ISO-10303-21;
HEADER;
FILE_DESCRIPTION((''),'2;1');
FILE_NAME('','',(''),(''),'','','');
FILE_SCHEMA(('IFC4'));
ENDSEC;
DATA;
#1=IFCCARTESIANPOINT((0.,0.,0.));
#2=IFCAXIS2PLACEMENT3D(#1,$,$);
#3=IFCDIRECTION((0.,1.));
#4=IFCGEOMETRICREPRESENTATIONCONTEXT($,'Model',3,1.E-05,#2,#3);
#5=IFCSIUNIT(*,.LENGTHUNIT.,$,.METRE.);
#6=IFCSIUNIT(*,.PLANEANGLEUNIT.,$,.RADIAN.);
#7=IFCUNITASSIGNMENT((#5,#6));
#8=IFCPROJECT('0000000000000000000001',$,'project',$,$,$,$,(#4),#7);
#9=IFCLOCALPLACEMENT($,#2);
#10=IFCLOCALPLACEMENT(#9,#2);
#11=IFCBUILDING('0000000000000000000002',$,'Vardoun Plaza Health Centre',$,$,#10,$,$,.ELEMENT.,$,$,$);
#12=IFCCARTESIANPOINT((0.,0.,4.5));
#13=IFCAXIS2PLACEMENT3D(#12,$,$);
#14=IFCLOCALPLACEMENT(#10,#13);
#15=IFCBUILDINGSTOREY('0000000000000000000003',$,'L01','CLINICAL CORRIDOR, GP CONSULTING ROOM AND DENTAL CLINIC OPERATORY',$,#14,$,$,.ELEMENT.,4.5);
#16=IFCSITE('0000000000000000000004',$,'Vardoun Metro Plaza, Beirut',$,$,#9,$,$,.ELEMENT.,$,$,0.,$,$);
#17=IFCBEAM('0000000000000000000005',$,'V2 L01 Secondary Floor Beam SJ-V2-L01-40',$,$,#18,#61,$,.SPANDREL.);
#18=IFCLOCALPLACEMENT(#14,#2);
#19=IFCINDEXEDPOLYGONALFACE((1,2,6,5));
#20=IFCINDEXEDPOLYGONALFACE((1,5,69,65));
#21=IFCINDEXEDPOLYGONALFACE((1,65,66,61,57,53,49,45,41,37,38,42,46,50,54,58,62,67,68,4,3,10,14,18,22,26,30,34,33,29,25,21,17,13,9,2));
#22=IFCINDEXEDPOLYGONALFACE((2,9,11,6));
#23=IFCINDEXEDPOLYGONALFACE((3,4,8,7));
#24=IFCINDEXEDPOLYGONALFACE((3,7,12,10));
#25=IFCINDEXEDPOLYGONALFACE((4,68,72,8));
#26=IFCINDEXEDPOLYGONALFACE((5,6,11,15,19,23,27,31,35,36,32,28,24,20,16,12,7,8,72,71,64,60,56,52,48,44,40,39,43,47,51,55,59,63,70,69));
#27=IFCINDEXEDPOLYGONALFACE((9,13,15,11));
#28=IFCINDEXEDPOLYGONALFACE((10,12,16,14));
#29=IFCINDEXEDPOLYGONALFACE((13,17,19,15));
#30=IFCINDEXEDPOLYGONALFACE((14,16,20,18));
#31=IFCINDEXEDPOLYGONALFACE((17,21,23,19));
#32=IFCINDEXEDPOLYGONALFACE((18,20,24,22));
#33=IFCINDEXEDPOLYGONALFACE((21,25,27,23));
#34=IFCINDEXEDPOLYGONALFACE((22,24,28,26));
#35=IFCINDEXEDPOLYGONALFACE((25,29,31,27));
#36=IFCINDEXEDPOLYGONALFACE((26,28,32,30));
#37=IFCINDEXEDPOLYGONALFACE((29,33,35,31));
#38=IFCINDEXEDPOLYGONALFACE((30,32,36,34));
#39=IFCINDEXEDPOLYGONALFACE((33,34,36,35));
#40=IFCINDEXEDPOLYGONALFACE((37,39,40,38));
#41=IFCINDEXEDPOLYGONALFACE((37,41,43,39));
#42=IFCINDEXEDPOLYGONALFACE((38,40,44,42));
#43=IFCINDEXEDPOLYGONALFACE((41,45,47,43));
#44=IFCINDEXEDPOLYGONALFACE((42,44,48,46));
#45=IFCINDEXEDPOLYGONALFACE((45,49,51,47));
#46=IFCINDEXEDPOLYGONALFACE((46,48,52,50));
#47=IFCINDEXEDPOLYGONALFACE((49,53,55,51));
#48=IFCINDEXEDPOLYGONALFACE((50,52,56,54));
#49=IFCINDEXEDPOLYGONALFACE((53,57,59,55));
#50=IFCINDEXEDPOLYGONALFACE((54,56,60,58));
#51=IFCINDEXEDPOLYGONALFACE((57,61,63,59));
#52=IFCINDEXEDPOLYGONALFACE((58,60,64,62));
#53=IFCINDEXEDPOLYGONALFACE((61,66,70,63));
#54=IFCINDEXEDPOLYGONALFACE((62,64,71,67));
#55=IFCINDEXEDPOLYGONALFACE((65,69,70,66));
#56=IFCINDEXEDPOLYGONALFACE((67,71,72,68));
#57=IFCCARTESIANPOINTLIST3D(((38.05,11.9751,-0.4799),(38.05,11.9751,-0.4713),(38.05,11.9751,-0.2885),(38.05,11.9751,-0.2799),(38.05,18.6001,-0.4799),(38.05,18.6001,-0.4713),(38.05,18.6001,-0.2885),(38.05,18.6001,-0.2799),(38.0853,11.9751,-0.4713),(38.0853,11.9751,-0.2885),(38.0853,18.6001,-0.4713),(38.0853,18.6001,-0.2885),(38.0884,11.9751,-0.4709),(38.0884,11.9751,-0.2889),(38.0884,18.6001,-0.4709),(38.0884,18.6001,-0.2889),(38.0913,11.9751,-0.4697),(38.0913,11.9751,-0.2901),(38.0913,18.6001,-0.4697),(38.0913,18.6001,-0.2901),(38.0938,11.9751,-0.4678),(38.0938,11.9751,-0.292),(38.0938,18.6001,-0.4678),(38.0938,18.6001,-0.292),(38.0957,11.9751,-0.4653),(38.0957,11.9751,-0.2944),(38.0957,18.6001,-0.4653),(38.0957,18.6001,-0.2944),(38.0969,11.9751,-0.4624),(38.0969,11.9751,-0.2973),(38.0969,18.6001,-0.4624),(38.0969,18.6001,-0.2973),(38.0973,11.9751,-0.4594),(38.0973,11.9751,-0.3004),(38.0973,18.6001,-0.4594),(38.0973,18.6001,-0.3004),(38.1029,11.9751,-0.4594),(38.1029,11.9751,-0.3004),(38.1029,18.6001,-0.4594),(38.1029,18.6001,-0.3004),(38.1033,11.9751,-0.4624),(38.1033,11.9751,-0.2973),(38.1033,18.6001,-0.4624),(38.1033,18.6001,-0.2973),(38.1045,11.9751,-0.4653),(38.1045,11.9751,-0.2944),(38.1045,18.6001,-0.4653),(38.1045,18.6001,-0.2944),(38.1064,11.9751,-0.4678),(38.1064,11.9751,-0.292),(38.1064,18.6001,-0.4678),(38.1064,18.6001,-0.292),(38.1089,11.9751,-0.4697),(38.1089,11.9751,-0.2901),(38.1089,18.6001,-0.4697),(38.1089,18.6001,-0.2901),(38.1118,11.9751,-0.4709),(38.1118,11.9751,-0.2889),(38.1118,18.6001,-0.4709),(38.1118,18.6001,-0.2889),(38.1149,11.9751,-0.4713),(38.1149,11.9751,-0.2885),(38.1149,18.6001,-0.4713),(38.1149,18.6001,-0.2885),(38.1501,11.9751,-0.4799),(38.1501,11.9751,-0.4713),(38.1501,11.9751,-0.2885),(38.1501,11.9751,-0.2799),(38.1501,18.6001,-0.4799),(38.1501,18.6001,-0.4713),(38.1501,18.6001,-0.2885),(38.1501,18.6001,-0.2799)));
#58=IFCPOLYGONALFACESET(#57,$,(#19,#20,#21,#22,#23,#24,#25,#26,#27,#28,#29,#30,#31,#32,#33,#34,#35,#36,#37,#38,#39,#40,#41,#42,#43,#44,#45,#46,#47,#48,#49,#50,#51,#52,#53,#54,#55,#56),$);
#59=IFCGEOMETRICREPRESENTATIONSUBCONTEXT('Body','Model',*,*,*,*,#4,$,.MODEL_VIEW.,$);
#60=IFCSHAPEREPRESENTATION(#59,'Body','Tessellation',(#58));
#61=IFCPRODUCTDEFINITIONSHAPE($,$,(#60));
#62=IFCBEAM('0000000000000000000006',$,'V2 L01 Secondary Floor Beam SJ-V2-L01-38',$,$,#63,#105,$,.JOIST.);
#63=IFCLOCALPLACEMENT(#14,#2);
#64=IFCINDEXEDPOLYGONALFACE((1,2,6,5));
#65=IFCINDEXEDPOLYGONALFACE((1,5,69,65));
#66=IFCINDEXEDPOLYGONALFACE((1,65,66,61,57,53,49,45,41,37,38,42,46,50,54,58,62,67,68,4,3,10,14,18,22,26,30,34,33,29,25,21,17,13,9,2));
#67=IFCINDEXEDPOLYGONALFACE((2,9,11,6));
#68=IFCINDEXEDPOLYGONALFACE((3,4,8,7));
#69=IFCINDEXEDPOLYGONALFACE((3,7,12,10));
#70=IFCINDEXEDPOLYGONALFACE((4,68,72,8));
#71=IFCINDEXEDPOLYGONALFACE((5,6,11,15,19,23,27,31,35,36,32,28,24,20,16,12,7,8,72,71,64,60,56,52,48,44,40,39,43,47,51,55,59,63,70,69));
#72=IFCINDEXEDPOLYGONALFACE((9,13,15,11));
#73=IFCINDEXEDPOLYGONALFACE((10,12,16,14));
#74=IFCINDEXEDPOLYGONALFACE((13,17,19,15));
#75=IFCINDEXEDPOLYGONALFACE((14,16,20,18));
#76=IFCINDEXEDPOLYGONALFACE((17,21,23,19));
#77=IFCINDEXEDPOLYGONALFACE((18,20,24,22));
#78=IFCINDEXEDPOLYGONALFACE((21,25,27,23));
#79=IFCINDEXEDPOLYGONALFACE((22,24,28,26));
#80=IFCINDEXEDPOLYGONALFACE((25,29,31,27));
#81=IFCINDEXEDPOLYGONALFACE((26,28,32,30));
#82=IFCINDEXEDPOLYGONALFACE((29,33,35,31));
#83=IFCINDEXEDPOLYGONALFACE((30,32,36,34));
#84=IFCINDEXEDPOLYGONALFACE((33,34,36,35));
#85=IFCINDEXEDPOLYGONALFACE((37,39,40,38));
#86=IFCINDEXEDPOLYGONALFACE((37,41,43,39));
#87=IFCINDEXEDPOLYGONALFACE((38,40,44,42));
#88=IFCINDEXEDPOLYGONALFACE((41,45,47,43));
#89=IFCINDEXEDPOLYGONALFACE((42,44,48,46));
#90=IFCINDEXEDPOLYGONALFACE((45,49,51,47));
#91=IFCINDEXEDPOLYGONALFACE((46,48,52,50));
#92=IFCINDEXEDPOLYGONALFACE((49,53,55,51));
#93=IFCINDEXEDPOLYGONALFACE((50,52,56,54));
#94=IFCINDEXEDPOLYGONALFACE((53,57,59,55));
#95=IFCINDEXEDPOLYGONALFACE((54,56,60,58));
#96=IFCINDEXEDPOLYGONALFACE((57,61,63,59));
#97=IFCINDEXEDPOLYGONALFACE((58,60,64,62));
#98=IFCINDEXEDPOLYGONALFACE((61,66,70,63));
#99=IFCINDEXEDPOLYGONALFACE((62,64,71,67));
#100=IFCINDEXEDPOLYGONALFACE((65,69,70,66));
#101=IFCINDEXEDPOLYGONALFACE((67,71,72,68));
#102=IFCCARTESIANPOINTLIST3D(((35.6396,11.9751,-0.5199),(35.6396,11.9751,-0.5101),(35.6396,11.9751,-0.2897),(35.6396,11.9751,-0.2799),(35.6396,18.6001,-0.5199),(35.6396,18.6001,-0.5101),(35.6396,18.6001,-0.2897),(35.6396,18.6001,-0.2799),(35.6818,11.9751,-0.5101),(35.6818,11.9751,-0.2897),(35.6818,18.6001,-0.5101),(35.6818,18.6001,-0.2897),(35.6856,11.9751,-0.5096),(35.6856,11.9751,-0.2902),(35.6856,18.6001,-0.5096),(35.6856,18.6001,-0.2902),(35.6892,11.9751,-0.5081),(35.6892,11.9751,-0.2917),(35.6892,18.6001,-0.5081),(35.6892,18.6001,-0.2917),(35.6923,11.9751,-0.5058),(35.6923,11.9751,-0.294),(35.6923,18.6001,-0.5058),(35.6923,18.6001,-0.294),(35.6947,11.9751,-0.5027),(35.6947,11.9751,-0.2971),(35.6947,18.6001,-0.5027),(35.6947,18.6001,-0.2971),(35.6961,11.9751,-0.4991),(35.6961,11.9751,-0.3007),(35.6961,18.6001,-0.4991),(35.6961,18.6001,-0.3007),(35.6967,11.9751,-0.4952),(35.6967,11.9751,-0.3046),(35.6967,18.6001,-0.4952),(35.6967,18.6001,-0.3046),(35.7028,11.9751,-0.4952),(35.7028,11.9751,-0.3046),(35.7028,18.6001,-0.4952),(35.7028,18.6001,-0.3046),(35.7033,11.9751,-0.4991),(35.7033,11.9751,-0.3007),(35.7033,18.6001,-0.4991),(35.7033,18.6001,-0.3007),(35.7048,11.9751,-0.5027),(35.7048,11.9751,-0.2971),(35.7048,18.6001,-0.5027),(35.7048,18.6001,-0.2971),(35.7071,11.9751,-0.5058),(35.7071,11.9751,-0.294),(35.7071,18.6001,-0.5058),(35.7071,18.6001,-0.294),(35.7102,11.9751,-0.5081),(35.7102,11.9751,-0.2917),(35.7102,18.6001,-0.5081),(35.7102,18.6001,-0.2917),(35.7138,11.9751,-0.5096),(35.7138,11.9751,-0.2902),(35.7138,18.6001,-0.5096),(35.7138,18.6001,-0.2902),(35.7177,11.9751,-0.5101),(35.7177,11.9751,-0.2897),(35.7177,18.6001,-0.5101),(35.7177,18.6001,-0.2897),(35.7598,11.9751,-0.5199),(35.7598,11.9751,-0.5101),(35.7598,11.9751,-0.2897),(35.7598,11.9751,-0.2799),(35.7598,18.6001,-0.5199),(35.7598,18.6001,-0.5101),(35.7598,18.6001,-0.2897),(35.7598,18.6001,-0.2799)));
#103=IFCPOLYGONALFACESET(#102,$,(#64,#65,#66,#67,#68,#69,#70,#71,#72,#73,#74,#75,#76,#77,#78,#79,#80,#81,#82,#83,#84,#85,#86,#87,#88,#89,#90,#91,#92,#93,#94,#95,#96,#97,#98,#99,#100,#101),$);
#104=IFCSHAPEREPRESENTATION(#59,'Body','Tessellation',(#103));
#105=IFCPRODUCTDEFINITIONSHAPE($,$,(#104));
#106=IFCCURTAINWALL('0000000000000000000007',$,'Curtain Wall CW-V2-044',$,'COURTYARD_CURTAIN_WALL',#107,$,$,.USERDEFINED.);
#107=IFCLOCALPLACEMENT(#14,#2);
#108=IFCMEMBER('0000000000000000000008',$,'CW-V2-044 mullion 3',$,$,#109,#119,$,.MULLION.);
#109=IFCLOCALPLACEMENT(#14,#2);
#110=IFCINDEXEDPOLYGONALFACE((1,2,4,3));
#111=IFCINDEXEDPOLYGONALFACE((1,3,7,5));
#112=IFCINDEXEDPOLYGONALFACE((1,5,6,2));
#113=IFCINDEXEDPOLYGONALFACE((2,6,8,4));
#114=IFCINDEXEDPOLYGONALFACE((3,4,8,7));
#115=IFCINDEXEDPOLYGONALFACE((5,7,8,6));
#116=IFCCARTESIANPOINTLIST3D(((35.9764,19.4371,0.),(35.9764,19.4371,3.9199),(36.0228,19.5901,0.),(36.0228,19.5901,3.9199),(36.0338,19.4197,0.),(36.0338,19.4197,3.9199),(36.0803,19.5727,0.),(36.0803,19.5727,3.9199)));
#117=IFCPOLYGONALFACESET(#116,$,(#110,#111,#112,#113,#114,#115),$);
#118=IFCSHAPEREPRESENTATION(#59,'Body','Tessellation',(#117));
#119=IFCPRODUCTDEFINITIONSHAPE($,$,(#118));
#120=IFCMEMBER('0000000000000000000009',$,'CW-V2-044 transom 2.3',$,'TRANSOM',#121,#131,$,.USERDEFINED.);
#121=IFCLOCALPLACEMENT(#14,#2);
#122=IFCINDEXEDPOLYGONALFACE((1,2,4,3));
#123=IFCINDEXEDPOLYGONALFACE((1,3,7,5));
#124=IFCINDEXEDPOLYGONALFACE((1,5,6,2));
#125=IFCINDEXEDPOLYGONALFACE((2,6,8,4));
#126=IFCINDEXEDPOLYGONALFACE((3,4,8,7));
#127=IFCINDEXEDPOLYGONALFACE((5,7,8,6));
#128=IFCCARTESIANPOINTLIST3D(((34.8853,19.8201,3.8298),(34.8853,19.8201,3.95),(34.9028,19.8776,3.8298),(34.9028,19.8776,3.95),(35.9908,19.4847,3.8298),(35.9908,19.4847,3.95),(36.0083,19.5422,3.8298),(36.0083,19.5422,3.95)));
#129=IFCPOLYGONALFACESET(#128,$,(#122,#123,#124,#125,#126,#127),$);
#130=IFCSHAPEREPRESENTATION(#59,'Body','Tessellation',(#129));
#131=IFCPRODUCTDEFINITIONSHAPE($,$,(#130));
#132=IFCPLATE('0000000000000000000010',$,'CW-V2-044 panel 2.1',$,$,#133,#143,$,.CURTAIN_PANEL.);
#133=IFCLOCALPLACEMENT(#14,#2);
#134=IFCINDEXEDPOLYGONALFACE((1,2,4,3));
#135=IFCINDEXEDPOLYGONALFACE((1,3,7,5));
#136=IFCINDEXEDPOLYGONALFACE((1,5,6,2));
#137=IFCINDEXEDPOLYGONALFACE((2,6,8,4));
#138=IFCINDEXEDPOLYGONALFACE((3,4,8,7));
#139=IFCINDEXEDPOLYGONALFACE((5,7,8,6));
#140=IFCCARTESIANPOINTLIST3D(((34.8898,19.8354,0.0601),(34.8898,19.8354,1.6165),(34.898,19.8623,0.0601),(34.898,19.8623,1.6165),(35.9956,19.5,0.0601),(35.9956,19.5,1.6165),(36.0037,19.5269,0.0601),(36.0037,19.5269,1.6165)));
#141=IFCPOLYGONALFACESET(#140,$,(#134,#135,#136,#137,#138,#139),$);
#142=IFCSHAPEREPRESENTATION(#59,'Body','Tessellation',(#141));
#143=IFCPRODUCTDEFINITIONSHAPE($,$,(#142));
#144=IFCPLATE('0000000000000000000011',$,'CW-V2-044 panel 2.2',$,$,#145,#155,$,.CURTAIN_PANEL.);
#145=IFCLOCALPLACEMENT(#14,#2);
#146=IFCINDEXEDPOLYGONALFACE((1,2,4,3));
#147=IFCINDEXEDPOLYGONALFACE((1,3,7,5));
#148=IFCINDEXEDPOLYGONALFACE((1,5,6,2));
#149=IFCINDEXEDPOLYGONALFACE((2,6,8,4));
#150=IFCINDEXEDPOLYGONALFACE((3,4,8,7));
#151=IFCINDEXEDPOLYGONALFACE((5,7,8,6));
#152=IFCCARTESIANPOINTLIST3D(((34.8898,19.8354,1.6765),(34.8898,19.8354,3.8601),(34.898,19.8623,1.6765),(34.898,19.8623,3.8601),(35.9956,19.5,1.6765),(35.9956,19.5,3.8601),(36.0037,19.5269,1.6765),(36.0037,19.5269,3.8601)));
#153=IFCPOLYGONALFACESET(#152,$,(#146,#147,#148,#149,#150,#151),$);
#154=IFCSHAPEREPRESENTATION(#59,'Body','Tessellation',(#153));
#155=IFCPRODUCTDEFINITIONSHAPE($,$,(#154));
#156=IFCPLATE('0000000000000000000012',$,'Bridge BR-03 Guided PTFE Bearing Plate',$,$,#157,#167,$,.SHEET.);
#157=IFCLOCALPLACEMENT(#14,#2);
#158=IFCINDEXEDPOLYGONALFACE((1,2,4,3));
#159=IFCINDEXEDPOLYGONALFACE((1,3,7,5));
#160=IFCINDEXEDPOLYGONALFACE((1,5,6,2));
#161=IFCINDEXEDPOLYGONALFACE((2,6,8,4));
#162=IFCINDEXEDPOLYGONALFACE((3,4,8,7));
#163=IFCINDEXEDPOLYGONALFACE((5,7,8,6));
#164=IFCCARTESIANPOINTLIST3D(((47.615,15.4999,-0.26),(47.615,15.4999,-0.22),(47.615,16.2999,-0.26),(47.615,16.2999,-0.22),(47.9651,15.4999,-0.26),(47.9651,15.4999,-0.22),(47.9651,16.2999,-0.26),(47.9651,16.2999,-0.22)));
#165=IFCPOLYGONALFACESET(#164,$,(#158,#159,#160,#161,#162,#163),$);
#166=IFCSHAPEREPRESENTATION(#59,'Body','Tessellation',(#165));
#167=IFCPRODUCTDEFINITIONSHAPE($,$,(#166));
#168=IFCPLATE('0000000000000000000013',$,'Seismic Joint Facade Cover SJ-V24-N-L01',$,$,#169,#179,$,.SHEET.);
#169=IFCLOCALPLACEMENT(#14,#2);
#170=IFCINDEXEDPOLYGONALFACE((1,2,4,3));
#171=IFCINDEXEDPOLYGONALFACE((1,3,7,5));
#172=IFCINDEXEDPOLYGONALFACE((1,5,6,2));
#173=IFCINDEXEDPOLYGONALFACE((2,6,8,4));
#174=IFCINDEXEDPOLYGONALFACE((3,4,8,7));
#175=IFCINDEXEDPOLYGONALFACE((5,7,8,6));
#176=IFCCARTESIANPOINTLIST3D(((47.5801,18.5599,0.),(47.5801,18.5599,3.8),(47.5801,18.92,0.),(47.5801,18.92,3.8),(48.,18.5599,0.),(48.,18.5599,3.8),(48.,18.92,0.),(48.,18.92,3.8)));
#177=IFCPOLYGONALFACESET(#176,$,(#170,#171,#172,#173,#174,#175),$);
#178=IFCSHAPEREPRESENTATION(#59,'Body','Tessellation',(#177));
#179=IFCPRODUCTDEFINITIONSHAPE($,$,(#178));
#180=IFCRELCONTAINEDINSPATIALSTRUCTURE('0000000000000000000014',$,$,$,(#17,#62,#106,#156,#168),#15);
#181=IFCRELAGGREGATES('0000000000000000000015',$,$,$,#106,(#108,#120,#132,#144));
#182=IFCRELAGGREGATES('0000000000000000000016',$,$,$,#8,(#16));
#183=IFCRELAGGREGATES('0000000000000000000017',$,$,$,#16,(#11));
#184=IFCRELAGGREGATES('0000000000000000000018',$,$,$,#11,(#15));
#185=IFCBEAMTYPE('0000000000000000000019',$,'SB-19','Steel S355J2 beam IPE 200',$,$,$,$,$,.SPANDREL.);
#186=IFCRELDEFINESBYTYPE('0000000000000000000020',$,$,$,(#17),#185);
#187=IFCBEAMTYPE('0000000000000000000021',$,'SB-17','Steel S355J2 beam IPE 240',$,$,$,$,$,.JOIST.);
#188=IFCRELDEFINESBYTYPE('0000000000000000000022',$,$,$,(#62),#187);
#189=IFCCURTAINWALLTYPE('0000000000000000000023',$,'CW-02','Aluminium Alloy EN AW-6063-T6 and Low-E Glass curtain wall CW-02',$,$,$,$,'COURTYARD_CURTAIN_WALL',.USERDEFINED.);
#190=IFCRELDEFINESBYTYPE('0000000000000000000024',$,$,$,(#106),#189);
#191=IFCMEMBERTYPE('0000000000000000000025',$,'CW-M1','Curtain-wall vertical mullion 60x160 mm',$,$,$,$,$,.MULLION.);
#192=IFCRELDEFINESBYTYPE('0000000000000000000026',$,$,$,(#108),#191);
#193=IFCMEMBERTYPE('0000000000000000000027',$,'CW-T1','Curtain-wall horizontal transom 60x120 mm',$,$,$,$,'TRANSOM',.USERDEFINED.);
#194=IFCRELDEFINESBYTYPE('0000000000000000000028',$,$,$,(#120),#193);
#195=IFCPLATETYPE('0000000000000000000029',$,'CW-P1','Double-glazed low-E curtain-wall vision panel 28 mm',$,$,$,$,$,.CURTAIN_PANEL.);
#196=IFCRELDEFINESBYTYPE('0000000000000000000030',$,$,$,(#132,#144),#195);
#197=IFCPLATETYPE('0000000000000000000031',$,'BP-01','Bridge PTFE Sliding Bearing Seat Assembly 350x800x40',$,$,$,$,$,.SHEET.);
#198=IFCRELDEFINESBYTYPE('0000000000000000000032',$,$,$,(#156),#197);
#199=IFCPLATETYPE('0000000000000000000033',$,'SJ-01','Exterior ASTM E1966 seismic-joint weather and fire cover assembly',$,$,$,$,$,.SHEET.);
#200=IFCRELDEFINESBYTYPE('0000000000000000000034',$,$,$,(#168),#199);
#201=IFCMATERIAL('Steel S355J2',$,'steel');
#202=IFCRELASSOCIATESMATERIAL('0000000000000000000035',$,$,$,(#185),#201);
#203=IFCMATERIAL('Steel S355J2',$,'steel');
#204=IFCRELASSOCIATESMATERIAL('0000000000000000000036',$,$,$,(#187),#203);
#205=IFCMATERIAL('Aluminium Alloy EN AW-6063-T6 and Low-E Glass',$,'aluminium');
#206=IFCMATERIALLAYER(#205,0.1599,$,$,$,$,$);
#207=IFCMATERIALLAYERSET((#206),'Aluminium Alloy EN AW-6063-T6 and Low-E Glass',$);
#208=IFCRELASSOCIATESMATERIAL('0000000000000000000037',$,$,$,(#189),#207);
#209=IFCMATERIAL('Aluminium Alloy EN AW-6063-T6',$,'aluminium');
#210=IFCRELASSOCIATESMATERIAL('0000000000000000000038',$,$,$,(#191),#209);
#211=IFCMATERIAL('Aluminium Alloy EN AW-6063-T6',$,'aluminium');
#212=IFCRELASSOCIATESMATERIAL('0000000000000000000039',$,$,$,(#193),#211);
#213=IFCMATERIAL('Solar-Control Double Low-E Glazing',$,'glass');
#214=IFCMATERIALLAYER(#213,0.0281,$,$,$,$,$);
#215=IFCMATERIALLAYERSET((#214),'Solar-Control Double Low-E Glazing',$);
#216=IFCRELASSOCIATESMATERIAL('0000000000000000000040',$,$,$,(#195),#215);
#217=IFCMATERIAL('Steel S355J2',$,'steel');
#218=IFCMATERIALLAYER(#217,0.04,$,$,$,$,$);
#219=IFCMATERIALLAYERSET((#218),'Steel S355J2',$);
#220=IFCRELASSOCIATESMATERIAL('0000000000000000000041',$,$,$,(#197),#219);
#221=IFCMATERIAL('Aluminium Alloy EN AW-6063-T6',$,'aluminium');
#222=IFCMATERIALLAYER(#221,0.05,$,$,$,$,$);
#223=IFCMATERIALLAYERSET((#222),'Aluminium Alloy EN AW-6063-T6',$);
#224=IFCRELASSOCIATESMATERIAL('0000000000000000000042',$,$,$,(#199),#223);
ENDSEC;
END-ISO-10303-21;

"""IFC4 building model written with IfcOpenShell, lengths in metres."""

from ifc_helpers import new_model, si_unit, direction, frame, origin, origin_2d, place, context, subcontext, project, spatial, rectangle, i_section, extrude, material, layer, layer_set, material_profile, profile_set, type_object, element, aggregate, save


model = new_model("IFC4")

# Units and contexts
model_context = context("Model", 3, precision=1e-05, world=origin(), true_north=direction((0.0, 1.0)))
body_context = subcontext(model_context, "Body", "Model", "MODEL_VIEW")
ifc_project = project(units=[si_unit("LENGTHUNIT", "METRE"), si_unit("PLANEANGLEUNIT", "RADIAN")], contexts=[model_context])

# Site, building, storey
site_placement = place(None, origin())
site = spatial("IfcSite", under=ifc_project, at=site_placement, Name="Vardoun Metro Plaza, Beirut", CompositionType="ELEMENT", RefElevation=0.0)
building_placement = place(site_placement, origin())
building = spatial("IfcBuilding", under=site, at=building_placement, Name="Vardoun Plaza Health Centre", CompositionType="ELEMENT")
storey_placement = place(building_placement, frame((0.0, 0.0, 4.5)))
storey = spatial("IfcBuildingStorey", under=building, at=storey_placement, Name="L01", Description="CLINICAL CORRIDOR, GP CONSULTING ROOM AND DENTAL CLINIC OPERATORY", CompositionType="ELEMENT", Elevation=4.5)

# Beams
ifc_material_1 = material(Name="Steel S355J2", Category="steel")
ifc_material_profile_1 = material_profile(ifc_material_1, i_section(OverallWidth=0.1001, OverallDepth=0.2, WebThickness=0.0056, FlangeThickness=0.0085, FilletRadius=0.012, at=origin_2d()), Name="IPE 200")
ifc_profile_set_1 = profile_set([ifc_material_profile_1], Name="Steel S355J2")
beam_type_1 = type_object("IfcBeamType", Name="SB-19", Description="Steel S355J2 beam IPE 200", PredefinedType="SPANDREL", material=ifc_profile_set_1)
beam_1_placement = place(storey_placement, frame((38.1001, 11.9751, -0.3799), z_axis=(0.0, 1.0, 0.0), x_axis=(-1.0, 0.0, 0.0)))
element("IfcBeam", 1, at=beam_1_placement, inside=storey, type_object=beam_type_1, Name="V2 L01 Secondary Floor Beam SJ-V2-L01-40", PredefinedType="SPANDREL", context=body_context, shape_type="SweptSolid", body=[
    extrude(i_section(OverallWidth=0.1001, OverallDepth=0.2, WebThickness=0.0056, FlangeThickness=0.0085, FilletRadius=0.012, at=origin_2d()), origin(), (0.0, 0.0, 1.0), 6.625),
])
ifc_material_2 = material(Name="Steel S355J2", Category="steel")
ifc_material_profile_2 = material_profile(ifc_material_2, i_section(OverallWidth=0.1201, OverallDepth=0.24, WebThickness=0.0061, FlangeThickness=0.0098, FilletRadius=0.0149, at=origin_2d()), Name="IPE 240")
ifc_profile_set_2 = profile_set([ifc_material_profile_2], Name="Steel S355J2")
beam_type_2 = type_object("IfcBeamType", Name="SB-17", Description="Steel S355J2 beam IPE 240", PredefinedType="JOIST", material=ifc_profile_set_2)
beam_2_placement = place(storey_placement, frame((35.6997, 11.9751, -0.3999), z_axis=(0.0, 1.0, 0.0), x_axis=(-1.0, 0.0, 0.0)))
element("IfcBeam", 2, at=beam_2_placement, inside=storey, type_object=beam_type_2, Name="V2 L01 Secondary Floor Beam SJ-V2-L01-38", PredefinedType="JOIST", context=body_context, shape_type="SweptSolid", body=[
    extrude(i_section(OverallWidth=0.1201, OverallDepth=0.24, WebThickness=0.0061, FlangeThickness=0.0098, FilletRadius=0.0149, at=origin_2d()), origin(), (0.0, 0.0, 1.0), 6.625),
])

# Curtain wall, members, plates
ifc_material_3 = material(Name="Aluminium Alloy EN AW-6063-T6 and Low-E Glass", Category="aluminium")
ifc_layer_1 = layer(ifc_material_3, 0.1599)
ifc_layer_set_1 = layer_set([ifc_layer_1], Name="Aluminium Alloy EN AW-6063-T6 and Low-E Glass")
curtain_wall_type = type_object("IfcCurtainWallType", Name="CW-02", Description="Aluminium Alloy EN AW-6063-T6 and Low-E Glass curtain wall CW-02", ElementType="COURTYARD_CURTAIN_WALL", PredefinedType="USERDEFINED", material=ifc_layer_set_1)
curtain_wall_placement = place(storey_placement, origin())
curtain_wall = element("IfcCurtainWall", 3, at=curtain_wall_placement, inside=storey, type_object=curtain_wall_type, Name="Curtain Wall CW-V2-044", ObjectType="COURTYARD_CURTAIN_WALL", PredefinedType="USERDEFINED")
ifc_material_4 = material(Name="Aluminium Alloy EN AW-6063-T6", Category="aluminium")
ifc_material_profile_3 = material_profile(ifc_material_4, rectangle(XDim=0.1599, YDim=0.0601, at=origin_2d()), Name="CWM 60x160")
ifc_profile_set_3 = profile_set([ifc_material_profile_3], Name="Aluminium Alloy EN AW-6063-T6")
member_type_1 = type_object("IfcMemberType", Name="CW-M1", Description="Curtain-wall vertical mullion 60x160 mm", PredefinedType="MULLION", material=ifc_profile_set_3)
member_1_placement = place(storey_placement, frame((36.0283, 19.5049, 0.0), z_axis=(0.0, 0.0, 1.0), x_axis=(0.2903, 0.956936, 0.0)))
member_1 = element("IfcMember", 4, at=member_1_placement, type_object=member_type_1, Name="CW-V2-044 mullion 3", PredefinedType="MULLION", context=body_context, shape_type="SweptSolid", body=[
    extrude(rectangle(XDim=0.1599, YDim=0.0601, at=origin_2d()), origin(), (0.0, 0.0, 1.0), 3.9199),
])
ifc_material_5 = material(Name="Aluminium Alloy EN AW-6063-T6", Category="aluminium")
ifc_material_profile_4 = material_profile(ifc_material_5, rectangle(XDim=0.0601, YDim=0.1201, at=origin_2d()), Name="CWT 60x120")
ifc_profile_set_4 = profile_set([ifc_material_profile_4], Name="Aluminium Alloy EN AW-6063-T6")
member_type_2 = type_object("IfcMemberType", Name="CW-T1", Description="Curtain-wall horizontal transom 60x120 mm", ElementType="TRANSOM", PredefinedType="USERDEFINED", material=ifc_profile_set_4)
member_2_placement = place(storey_placement, frame((34.894, 19.8489, 3.8899), z_axis=(0.956914, -0.290371, 0.0), x_axis=(0.290371, 0.956914, 0.0)))
member_2 = element("IfcMember", 5, at=member_2_placement, type_object=member_type_2, Name="CW-V2-044 transom 2.3", ObjectType="TRANSOM", PredefinedType="USERDEFINED", context=body_context, shape_type="SweptSolid", body=[
    extrude(rectangle(XDim=0.0601, YDim=0.1201, at=origin_2d()), origin(), (0.0, 0.0, 1.0), 1.1553),
])
ifc_material_6 = material(Name="Solar-Control Double Low-E Glazing", Category="glass")
ifc_layer_2 = layer(ifc_material_6, 0.0281)
ifc_layer_set_2 = layer_set([ifc_layer_2], Name="Solar-Control Double Low-E Glazing")
plate_type_1 = type_object("IfcPlateType", Name="CW-P1", Description="Double-glazed low-E curtain-wall vision panel 28 mm", PredefinedType="CURTAIN_PANEL", material=ifc_layer_set_2)
plate_1_placement = place(storey_placement, frame((35.4468, 19.6812, 0.0601), z_axis=(0.0, 0.0, 1.0), x_axis=(0.956936, -0.2903, 0.0)))
plate_1 = element("IfcPlate", 6, at=plate_1_placement, type_object=plate_type_1, Name="CW-V2-044 panel 2.1", PredefinedType="CURTAIN_PANEL", context=body_context, shape_type="SweptSolid", body=[
    extrude(rectangle(XDim=1.1555, YDim=0.0281, at=origin_2d()), origin(), (0.0, 0.0, 1.0), 1.5564),
])
plate_2_placement = place(storey_placement, frame((35.4468, 19.6812, 1.6765), z_axis=(0.0, 0.0, 1.0), x_axis=(0.956936, -0.2903, 0.0)))
plate_2 = element("IfcPlate", 7, at=plate_2_placement, type_object=plate_type_1, Name="CW-V2-044 panel 2.2", PredefinedType="CURTAIN_PANEL", context=body_context, shape_type="SweptSolid", body=[
    extrude(rectangle(XDim=1.1555, YDim=0.0281, at=origin_2d()), origin(), (0.0, 0.0, 1.0), 2.1836),
])
aggregate(curtain_wall, [member_1, member_2, plate_1, plate_2])

# Plates
ifc_material_7 = material(Name="Steel S355J2", Category="steel")
ifc_layer_3 = layer(ifc_material_7, 0.04)
ifc_layer_set_3 = layer_set([ifc_layer_3], Name="Steel S355J2")
plate_type_2 = type_object("IfcPlateType", Name="BP-01", Description="Bridge PTFE Sliding Bearing Seat Assembly 350x800x40", PredefinedType="SHEET", material=ifc_layer_set_3)
plate_3_placement = place(storey_placement, frame((47.79, 15.8999, -0.26), z_axis=(0.0, 0.0, 1.0), x_axis=(1.0, 0.0, 0.0)))
element("IfcPlate", 8, at=plate_3_placement, inside=storey, type_object=plate_type_2, Name="Bridge BR-03 Guided PTFE Bearing Plate", PredefinedType="SHEET", context=body_context, shape_type="SweptSolid", body=[
    extrude(rectangle(XDim=0.3501, YDim=0.8, at=origin_2d()), origin(), (0.0, 0.0, 1.0), 0.04),
])
ifc_material_8 = material(Name="Aluminium Alloy EN AW-6063-T6", Category="aluminium")
ifc_layer_4 = layer(ifc_material_8, 0.05)
ifc_layer_set_4 = layer_set([ifc_layer_4], Name="Aluminium Alloy EN AW-6063-T6")
plate_type_3 = type_object("IfcPlateType", Name="SJ-01", Description="Exterior ASTM E1966 seismic-joint weather and fire cover assembly", PredefinedType="SHEET", material=ifc_layer_set_4)
plate_4_placement = place(storey_placement, frame((47.79, 18.74, 0.0), z_axis=(0.0, 0.0, 1.0), x_axis=(1.0, 0.0, 0.0)))
element("IfcPlate", 9, at=plate_4_placement, inside=storey, type_object=plate_type_3, Name="Seismic Joint Facade Cover SJ-V24-N-L01", PredefinedType="SHEET", context=body_context, shape_type="SweptSolid", body=[
    extrude(rectangle(XDim=0.4199, YDim=0.3601, at=origin_2d()), origin(), (0.0, 0.0, 1.0), 3.8),
])

save(model, "model.ifc")
